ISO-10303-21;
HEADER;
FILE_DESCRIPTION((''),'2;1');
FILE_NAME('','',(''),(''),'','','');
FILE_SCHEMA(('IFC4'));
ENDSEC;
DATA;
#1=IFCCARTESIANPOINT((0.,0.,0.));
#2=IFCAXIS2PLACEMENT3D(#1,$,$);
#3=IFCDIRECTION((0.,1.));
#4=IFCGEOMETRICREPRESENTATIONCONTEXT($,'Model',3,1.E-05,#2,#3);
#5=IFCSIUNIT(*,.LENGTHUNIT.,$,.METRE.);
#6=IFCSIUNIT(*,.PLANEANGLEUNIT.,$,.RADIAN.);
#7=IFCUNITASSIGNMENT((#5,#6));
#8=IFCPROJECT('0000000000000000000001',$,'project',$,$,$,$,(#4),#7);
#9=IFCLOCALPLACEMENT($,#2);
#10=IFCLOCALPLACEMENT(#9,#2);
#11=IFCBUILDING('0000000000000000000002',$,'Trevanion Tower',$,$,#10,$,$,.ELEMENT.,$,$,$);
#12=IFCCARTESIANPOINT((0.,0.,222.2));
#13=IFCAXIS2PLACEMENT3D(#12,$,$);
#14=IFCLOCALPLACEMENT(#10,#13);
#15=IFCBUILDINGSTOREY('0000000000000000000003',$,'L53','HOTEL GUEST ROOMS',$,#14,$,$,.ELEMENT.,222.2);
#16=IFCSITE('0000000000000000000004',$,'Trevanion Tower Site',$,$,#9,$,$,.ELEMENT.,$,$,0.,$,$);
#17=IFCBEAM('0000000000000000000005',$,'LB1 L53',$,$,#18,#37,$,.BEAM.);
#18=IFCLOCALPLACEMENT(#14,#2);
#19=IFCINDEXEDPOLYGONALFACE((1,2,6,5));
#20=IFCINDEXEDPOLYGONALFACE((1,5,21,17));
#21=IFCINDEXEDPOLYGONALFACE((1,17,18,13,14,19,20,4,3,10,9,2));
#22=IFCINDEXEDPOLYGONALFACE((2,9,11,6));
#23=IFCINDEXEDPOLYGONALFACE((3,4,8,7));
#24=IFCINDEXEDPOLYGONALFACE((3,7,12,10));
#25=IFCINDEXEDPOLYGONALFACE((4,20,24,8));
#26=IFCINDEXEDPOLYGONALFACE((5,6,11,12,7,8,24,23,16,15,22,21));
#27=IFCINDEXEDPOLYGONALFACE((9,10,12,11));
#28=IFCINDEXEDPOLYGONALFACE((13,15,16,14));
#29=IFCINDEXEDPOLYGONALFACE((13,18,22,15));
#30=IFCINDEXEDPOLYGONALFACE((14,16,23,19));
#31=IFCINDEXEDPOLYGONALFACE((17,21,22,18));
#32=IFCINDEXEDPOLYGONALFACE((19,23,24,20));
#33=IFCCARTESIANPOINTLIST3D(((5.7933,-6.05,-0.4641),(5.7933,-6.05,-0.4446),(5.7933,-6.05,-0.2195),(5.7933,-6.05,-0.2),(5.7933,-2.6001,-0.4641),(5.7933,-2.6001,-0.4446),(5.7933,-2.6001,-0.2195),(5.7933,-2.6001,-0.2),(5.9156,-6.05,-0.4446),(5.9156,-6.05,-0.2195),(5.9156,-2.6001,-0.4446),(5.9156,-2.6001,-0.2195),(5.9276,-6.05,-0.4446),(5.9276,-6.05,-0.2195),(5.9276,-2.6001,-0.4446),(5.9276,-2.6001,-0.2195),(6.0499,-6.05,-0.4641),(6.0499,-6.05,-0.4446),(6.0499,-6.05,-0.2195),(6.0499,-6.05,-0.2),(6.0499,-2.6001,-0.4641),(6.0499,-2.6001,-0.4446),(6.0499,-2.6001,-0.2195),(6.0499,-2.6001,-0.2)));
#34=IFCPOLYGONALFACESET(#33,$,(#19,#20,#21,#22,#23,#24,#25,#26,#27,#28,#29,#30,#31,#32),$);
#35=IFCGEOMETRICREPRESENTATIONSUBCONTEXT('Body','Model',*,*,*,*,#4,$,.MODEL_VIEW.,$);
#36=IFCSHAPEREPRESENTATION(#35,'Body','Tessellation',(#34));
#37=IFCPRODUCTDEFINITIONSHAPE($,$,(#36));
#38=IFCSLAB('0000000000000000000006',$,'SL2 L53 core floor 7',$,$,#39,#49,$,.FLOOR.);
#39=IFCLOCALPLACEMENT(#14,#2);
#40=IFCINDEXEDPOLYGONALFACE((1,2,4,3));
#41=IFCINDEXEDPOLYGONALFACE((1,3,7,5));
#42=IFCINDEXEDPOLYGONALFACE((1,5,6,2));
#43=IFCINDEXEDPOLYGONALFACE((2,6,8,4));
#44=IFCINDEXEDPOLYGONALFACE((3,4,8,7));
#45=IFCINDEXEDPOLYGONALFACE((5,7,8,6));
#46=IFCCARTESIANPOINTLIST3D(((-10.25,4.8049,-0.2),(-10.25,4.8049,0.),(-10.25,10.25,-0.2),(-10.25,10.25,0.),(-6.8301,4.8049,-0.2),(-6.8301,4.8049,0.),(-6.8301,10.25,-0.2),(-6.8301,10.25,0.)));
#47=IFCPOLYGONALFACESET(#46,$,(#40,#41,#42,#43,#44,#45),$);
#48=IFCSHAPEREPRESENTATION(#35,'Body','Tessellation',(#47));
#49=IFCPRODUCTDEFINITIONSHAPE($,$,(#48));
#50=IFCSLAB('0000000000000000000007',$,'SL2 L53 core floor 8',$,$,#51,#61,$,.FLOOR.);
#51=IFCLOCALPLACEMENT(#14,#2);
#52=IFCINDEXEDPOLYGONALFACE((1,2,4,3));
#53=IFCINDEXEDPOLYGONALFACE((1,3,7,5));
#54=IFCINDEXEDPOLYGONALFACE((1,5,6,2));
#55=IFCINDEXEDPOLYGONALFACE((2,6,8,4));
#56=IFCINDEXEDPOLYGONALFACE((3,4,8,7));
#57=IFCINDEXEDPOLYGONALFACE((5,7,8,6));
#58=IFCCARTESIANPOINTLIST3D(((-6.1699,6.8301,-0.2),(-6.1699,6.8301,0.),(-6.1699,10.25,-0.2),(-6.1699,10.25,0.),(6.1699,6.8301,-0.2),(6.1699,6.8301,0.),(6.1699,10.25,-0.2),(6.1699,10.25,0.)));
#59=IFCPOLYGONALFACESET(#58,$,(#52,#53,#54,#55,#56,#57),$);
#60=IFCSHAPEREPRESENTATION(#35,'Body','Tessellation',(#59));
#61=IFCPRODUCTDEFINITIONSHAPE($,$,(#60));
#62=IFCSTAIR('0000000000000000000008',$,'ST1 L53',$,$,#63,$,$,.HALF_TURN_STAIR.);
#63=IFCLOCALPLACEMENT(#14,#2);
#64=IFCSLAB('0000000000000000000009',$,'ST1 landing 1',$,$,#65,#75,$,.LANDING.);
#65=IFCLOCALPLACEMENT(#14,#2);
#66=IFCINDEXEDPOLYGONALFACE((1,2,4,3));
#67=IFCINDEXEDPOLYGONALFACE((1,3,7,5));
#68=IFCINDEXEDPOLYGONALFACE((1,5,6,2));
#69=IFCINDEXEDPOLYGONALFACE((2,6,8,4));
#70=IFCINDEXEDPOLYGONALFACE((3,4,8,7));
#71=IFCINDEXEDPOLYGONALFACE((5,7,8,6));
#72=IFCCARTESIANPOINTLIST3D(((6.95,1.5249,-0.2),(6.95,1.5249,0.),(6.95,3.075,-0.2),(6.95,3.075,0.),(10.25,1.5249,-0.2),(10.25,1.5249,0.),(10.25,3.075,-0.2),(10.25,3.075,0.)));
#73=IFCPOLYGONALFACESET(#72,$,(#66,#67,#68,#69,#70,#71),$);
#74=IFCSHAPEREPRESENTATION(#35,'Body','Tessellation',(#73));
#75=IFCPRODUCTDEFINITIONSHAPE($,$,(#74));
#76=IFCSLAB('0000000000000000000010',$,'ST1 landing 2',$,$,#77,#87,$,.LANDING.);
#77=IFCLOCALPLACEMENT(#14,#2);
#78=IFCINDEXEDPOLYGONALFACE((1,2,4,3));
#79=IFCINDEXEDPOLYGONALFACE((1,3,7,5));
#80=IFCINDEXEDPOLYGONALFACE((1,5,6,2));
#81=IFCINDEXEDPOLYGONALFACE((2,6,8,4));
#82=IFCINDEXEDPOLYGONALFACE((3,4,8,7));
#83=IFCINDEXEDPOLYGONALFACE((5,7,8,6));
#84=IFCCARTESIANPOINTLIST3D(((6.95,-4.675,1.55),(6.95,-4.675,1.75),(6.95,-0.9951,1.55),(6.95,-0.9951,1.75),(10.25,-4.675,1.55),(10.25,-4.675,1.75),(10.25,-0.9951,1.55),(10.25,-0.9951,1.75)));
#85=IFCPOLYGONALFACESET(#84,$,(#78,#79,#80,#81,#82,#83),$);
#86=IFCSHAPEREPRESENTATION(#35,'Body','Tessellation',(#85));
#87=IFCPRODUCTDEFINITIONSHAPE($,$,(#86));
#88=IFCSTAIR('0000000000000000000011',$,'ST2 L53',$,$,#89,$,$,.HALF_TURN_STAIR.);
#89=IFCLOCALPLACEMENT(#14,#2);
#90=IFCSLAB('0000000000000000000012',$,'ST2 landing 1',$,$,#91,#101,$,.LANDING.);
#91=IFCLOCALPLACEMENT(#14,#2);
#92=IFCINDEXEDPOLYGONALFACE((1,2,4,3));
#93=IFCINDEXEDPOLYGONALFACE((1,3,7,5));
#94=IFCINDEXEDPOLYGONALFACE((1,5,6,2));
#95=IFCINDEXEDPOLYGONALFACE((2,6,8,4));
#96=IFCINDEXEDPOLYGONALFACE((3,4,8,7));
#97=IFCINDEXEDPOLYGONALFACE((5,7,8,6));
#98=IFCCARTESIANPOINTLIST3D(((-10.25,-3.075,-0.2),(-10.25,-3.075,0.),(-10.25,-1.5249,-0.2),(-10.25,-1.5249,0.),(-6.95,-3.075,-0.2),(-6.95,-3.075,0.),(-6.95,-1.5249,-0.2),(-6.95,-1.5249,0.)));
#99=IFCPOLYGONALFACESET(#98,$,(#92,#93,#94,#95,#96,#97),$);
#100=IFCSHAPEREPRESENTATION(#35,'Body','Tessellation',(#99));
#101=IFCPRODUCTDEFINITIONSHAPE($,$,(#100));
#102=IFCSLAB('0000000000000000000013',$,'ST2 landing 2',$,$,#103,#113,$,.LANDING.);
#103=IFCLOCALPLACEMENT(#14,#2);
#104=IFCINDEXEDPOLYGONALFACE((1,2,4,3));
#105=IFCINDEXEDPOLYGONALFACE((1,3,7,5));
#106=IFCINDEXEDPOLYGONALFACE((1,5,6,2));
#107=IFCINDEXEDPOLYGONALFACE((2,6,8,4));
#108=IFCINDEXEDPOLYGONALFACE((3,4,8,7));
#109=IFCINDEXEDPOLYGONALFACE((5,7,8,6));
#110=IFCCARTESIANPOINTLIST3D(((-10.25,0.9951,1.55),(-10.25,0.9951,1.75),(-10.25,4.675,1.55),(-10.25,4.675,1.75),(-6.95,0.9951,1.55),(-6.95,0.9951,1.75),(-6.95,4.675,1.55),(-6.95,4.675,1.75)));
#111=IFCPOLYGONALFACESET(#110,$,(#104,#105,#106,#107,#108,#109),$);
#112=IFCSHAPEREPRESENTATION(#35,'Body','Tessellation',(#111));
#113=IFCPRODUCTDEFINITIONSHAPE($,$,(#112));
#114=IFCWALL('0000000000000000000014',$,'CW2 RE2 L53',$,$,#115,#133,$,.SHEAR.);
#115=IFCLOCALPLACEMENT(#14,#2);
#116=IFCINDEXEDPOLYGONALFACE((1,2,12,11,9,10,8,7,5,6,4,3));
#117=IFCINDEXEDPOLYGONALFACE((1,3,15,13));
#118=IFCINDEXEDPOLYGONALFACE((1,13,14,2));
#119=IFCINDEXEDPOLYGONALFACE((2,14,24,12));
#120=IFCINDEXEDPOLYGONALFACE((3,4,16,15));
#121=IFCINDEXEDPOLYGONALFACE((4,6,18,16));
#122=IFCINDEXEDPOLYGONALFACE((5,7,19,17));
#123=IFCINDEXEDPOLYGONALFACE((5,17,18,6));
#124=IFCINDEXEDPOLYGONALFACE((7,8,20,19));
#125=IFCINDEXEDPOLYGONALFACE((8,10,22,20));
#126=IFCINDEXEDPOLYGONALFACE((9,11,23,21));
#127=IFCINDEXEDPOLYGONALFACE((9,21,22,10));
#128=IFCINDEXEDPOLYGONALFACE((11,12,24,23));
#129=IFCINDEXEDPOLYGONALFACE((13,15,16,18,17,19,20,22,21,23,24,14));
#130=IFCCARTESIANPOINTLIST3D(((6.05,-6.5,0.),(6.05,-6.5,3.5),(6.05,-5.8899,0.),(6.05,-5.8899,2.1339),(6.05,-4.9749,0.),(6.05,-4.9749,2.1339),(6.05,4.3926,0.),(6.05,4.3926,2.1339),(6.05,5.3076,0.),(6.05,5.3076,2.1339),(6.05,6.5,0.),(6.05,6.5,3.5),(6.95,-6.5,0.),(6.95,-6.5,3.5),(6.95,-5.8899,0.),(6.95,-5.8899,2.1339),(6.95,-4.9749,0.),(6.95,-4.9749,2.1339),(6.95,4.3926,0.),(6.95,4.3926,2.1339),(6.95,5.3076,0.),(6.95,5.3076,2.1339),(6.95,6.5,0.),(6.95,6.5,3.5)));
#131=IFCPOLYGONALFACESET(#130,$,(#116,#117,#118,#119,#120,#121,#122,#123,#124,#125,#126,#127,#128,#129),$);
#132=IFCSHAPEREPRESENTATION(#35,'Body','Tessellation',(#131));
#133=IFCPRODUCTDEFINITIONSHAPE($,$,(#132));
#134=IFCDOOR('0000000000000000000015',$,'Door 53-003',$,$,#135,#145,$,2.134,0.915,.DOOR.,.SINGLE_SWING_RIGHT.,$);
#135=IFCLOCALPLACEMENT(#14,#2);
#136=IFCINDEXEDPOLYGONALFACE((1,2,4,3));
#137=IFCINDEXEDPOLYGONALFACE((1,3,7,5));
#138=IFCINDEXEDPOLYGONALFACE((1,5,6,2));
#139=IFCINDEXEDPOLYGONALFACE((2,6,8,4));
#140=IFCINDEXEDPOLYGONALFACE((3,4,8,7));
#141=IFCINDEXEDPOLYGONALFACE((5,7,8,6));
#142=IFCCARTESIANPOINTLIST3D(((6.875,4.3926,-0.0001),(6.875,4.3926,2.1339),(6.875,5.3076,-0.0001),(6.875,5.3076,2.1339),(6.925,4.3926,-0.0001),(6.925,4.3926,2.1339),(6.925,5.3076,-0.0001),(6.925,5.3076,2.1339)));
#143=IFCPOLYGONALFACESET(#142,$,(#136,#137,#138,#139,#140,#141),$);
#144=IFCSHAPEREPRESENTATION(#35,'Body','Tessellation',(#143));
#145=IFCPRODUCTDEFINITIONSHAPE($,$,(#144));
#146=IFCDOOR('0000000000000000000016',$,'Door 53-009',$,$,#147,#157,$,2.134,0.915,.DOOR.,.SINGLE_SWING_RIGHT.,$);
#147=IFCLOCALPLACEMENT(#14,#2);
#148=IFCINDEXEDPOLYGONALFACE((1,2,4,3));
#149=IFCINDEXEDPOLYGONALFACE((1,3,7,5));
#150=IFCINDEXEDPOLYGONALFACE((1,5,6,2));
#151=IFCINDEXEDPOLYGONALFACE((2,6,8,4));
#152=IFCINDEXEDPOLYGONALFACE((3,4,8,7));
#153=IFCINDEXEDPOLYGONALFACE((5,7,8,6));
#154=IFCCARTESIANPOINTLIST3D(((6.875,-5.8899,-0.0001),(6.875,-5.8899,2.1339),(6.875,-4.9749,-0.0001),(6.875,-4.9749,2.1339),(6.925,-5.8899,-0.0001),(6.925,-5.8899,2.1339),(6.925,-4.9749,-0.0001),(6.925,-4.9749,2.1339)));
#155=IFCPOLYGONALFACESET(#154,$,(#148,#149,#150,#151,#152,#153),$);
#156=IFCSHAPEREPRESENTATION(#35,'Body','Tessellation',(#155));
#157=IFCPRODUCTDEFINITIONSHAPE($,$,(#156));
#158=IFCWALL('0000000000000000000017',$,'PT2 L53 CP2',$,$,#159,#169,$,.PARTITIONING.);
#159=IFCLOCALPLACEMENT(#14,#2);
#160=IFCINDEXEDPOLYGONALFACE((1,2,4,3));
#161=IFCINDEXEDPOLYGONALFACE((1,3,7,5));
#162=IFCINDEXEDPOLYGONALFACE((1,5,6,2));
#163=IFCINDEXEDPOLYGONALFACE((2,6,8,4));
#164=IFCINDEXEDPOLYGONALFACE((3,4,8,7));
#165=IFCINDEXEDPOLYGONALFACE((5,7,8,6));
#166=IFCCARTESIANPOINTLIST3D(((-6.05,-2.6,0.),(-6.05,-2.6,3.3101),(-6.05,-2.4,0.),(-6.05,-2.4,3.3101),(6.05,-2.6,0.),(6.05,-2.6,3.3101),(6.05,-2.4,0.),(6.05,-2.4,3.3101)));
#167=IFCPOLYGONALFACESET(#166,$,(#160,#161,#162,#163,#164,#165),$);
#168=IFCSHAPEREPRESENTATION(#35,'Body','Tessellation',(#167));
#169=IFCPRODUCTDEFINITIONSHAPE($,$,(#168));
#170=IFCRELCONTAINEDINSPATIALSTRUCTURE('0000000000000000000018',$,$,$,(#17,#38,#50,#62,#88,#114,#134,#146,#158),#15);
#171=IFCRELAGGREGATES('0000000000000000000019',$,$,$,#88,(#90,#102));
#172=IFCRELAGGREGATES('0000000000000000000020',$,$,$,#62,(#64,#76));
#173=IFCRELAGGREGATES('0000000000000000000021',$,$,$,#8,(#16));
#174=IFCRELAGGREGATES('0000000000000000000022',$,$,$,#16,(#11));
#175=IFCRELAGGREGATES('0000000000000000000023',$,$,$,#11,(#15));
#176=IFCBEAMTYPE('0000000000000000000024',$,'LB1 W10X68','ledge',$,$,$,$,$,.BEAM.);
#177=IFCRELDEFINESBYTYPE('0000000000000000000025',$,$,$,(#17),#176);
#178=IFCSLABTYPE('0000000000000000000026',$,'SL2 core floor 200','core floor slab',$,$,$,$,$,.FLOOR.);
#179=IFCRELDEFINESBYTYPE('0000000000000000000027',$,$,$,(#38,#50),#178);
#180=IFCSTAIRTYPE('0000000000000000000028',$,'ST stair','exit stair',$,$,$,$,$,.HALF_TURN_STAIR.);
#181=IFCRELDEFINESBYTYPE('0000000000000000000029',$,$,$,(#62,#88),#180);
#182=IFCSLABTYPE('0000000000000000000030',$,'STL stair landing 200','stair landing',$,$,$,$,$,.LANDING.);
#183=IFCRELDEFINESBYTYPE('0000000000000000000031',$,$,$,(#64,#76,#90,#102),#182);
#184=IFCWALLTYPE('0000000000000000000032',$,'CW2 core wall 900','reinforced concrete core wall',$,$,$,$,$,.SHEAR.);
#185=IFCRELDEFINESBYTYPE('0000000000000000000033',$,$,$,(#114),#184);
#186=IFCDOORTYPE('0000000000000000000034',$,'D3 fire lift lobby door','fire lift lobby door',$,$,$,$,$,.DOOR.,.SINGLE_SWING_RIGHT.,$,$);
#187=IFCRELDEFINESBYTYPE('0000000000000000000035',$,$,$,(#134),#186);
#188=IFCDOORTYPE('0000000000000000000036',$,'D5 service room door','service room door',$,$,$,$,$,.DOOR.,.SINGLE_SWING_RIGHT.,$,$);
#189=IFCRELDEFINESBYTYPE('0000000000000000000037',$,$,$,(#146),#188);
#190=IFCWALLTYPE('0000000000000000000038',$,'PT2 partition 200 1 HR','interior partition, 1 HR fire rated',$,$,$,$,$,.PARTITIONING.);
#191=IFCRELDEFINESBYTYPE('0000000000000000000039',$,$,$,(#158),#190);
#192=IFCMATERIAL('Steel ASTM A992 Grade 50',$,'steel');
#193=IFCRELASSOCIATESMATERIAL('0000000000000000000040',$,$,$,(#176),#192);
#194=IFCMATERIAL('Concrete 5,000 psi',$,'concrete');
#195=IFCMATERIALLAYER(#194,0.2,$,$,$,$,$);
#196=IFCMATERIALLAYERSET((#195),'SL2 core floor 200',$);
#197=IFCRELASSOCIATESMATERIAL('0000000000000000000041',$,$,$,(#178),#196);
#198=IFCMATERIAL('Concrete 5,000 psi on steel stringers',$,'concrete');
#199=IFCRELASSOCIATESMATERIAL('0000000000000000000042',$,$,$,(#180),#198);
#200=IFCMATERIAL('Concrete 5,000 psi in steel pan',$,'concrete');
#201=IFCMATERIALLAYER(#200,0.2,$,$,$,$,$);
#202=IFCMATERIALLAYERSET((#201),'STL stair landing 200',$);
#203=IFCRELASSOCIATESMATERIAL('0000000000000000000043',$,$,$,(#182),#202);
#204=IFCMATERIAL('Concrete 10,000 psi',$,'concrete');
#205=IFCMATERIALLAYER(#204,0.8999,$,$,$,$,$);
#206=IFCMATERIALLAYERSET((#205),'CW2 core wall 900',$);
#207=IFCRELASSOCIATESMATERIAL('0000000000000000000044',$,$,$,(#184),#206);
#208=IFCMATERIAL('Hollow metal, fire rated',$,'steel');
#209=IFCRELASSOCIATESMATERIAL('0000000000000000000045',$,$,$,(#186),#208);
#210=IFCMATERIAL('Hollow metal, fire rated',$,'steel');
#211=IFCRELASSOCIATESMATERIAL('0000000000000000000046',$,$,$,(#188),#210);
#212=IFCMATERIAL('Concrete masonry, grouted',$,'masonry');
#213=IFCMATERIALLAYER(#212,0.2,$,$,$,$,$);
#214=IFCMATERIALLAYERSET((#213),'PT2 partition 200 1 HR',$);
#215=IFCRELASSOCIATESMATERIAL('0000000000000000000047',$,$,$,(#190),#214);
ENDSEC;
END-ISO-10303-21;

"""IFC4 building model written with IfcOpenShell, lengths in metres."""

from ifc_helpers import new_model, si_unit, direction, frame, frame_2d, origin, origin_2d, place, context, subcontext, project, spatial, polyline, rectangle, i_section, outline, extrude, material, layer, layer_set, material_profile, profile_set, type_object, element, fill, aggregate, save


model = new_model("IFC4")

# Units and contexts
model_context = context("Model", 3, precision=1e-05, world=origin(), true_north=direction((0.0, 1.0)))
body_context = subcontext(model_context, "Body", "Model", "MODEL_VIEW")
ifc_project = project(units=[si_unit("LENGTHUNIT", "METRE"), si_unit("PLANEANGLEUNIT", "RADIAN")], contexts=[model_context])

# Site, building, storey
site_placement = place(None, origin())
site = spatial("IfcSite", under=ifc_project, at=site_placement, Name="Trevanion Tower Site", CompositionType="ELEMENT", RefElevation=0.0)
building_placement = place(site_placement, origin())
building = spatial("IfcBuilding", under=site, at=building_placement, Name="Trevanion Tower", CompositionType="ELEMENT")
storey_placement = place(building_placement, frame((0.0, 0.0, 222.2)))
storey = spatial("IfcBuildingStorey", under=building, at=storey_placement, Name="L53", Description="HOTEL GUEST ROOMS", CompositionType="ELEMENT", Elevation=222.2)

# Beam
ifc_material_1 = material(Name="Steel ASTM A992 Grade 50", Category="steel")
ifc_material_profile = material_profile(ifc_material_1, i_section(OverallWidth=0.2566, OverallDepth=0.2642, WebThickness=0.012, FlangeThickness=0.0195, at=origin_2d()), Name="W10X68")
ifc_profile_set = profile_set([ifc_material_profile], Name="Steel ASTM A992 Grade 50")
beam_type = type_object("IfcBeamType", Name="LB1 W10X68", Description="ledge", PredefinedType="BEAM", material=ifc_profile_set)
beam_placement = place(storey_placement, frame((5.9216, -6.05, -0.332), z_axis=(0.0, 1.0, 0.0), x_axis=(-1.0, 0.0, 0.0)))
element("IfcBeam", 1, at=beam_placement, inside=storey, type_object=beam_type, Name="LB1 L53", PredefinedType="BEAM", context=body_context, shape_type="SweptSolid", body=[
    extrude(i_section(OverallWidth=0.2566, OverallDepth=0.2642, WebThickness=0.012, FlangeThickness=0.0195, at=origin_2d()), origin(), (0.0, 0.0, 1.0), 3.45),
])

# Slabs
ifc_material_2 = material(Name="Concrete 5,000 psi", Category="concrete")
ifc_layer_1 = layer(ifc_material_2, 0.2)
ifc_layer_set_1 = layer_set([ifc_layer_1], Name="SL2 core floor 200")
slab_type_1 = type_object("IfcSlabType", Name="SL2 core floor 200", Description="core floor slab", PredefinedType="FLOOR", material=ifc_layer_set_1)
slab_1_placement = place(storey_placement, frame((0.0, 0.0, -0.2)))
element("IfcSlab", 2, at=slab_1_placement, inside=storey, type_object=slab_type_1, Name="SL2 L53 core floor 7", PredefinedType="FLOOR", context=body_context, shape_type="SweptSolid", body=[
    extrude(outline(polyline([(-6.8301, 4.8049), (-10.25, 4.8049), (-10.25, 10.25), (-6.8301, 10.25), (-6.8301, 4.8049)])), origin(), (0.0, 0.0, 1.0), 0.2),
])
slab_2_placement = place(storey_placement, frame((0.0, 0.0, -0.2)))
element("IfcSlab", 3, at=slab_2_placement, inside=storey, type_object=slab_type_1, Name="SL2 L53 core floor 8", PredefinedType="FLOOR", context=body_context, shape_type="SweptSolid", body=[
    extrude(outline(polyline([(6.1699, 6.8301), (-6.1699, 6.8301), (-6.1699, 10.25), (6.1699, 10.25), (6.1699, 6.8301)])), origin(), (0.0, 0.0, 1.0), 0.2),
])

# Stairs, slabs
ifc_material_3 = material(Name="Concrete 5,000 psi on steel stringers", Category="concrete")
stair_type = type_object("IfcStairType", Name="ST stair", Description="exit stair", PredefinedType="HALF_TURN_STAIR", material=ifc_material_3)
stair_1_placement = place(storey_placement, origin())
stair_1 = element("IfcStair", 4, at=stair_1_placement, inside=storey, type_object=stair_type, Name="ST1 L53", PredefinedType="HALF_TURN_STAIR")
ifc_material_4 = material(Name="Concrete 5,000 psi in steel pan", Category="concrete")
ifc_layer_2 = layer(ifc_material_4, 0.2)
ifc_layer_set_2 = layer_set([ifc_layer_2], Name="STL stair landing 200")
slab_type_2 = type_object("IfcSlabType", Name="STL stair landing 200", Description="stair landing", PredefinedType="LANDING", material=ifc_layer_set_2)
slab_3_placement = place(storey_placement, frame((0.0, 0.0, -0.2)))
slab_3 = element("IfcSlab", 5, at=slab_3_placement, type_object=slab_type_2, Name="ST1 landing 1", PredefinedType="LANDING", context=body_context, shape_type="SweptSolid", body=[
    extrude(outline(polyline([(6.95, 1.5249), (10.25, 1.5249), (10.25, 3.075), (6.95, 3.075), (6.95, 1.5249)])), origin(), (0.0, 0.0, 1.0), 0.2),
])
slab_4_placement = place(storey_placement, frame((0.0, 0.0, 1.55)))
slab_4 = element("IfcSlab", 6, at=slab_4_placement, type_object=slab_type_2, Name="ST1 landing 2", PredefinedType="LANDING", context=body_context, shape_type="SweptSolid", body=[
    extrude(outline(polyline([(6.95, -4.675), (10.25, -4.675), (10.25, -0.9951), (6.95, -0.9951), (6.95, -4.675)])), origin(), (0.0, 0.0, 1.0), 0.2),
])
stair_2_placement = place(storey_placement, origin())
stair_2 = element("IfcStair", 7, at=stair_2_placement, inside=storey, type_object=stair_type, Name="ST2 L53", PredefinedType="HALF_TURN_STAIR")
slab_5_placement = place(storey_placement, frame((0.0, 0.0, -0.2)))
slab_5 = element("IfcSlab", 8, at=slab_5_placement, type_object=slab_type_2, Name="ST2 landing 1", PredefinedType="LANDING", context=body_context, shape_type="SweptSolid", body=[
    extrude(outline(polyline([(-6.95, -1.5249), (-10.25, -1.5249), (-10.25, -3.075), (-6.95, -3.075), (-6.95, -1.5249)])), origin(), (0.0, 0.0, 1.0), 0.2),
])
slab_6_placement = place(storey_placement, frame((0.0, 0.0, 1.55)))
slab_6 = element("IfcSlab", 9, at=slab_6_placement, type_object=slab_type_2, Name="ST2 landing 2", PredefinedType="LANDING", context=body_context, shape_type="SweptSolid", body=[
    extrude(outline(polyline([(-6.95, 4.675), (-10.25, 4.675), (-10.25, 0.9951), (-6.95, 0.9951), (-6.95, 4.675)])), origin(), (0.0, 0.0, 1.0), 0.2),
])
aggregate(stair_2, [slab_5, slab_6])

# Wall, openings, doors
ifc_material_5 = material(Name="Concrete 10,000 psi", Category="concrete")
ifc_layer_3 = layer(ifc_material_5, 0.8999)
ifc_layer_set_3 = layer_set([ifc_layer_3], Name="CW2 core wall 900")
wall_type_1 = type_object("IfcWallType", Name="CW2 core wall 900", Description="reinforced concrete core wall", PredefinedType="SHEAR", material=ifc_layer_set_3)
wall_1_placement = place(storey_placement, frame((6.5, -6.5, 0.0), z_axis=(0.0, 0.0, 1.0), x_axis=(0.0, 1.0, 0.0)))
wall_1 = element("IfcWall", 10, at=wall_1_placement, inside=storey, type_object=wall_type_1, Name="CW2 RE2 L53", PredefinedType="SHEAR", context=body_context, shape_type="SweptSolid", body=[
    extrude(rectangle(XDim=13.0, YDim=0.8999, at=frame_2d((6.5, 0.0))), origin(), (0.0, 0.0, 1.0), 3.5),
])
opening_1_placement = place(wall_1_placement, frame((10.8926, 0.0, 0.0)))
opening_1 = element("IfcOpeningElement", 11, at=opening_1_placement, cuts=wall_1, PredefinedType="OPENING", context=body_context, shape_type="SweptSolid", body=[
    extrude(rectangle(XDim=0.915, YDim=2.134, at=frame_2d((0.4575, 1.0669))), frame((0.0, 0.46, 0.0), z_axis=(0.0, -1.0, 0.0), x_axis=(1.0, 0.0, 0.0)), (0.0, 0.0, 1.0), 0.9199),
])
opening_2_placement = place(wall_1_placement, frame((0.6101, 0.0, 0.0)))
opening_2 = element("IfcOpeningElement", 12, at=opening_2_placement, cuts=wall_1, PredefinedType="OPENING", context=body_context, shape_type="SweptSolid", body=[
    extrude(rectangle(XDim=0.915, YDim=2.134, at=frame_2d((0.4575, 1.0669))), frame((0.0, 0.46, 0.0), z_axis=(0.0, -1.0, 0.0), x_axis=(1.0, 0.0, 0.0)), (0.0, 0.0, 1.0), 0.9199),
])
ifc_material_6 = material(Name="Hollow metal, fire rated", Category="steel")
door_type_1 = type_object("IfcDoorType", Name="D3 fire lift lobby door", Description="fire lift lobby door", OperationType="SINGLE_SWING_RIGHT", PredefinedType="DOOR", material=ifc_material_6)
door_1_placement = place(opening_1_placement, origin())
door_1 = element("IfcDoor", 13, at=door_1_placement, inside=storey, type_object=door_type_1, Name="Door 53-003", OperationType="SINGLE_SWING_RIGHT", OverallHeight=2.134, OverallWidth=0.915, PredefinedType="DOOR", context=body_context, shape_type="SweptSolid", body=[
    extrude(rectangle(XDim=0.915, YDim=2.134, at=frame_2d((0.4575, 1.0669))), frame((0.0, -0.375, 0.0), z_axis=(0.0, -1.0, 0.0), x_axis=(1.0, 0.0, 0.0)), (0.0, 0.0, 1.0), 0.05),
])
fill(opening_1, door_1)
ifc_material_7 = material(Name="Hollow metal, fire rated", Category="steel")
door_type_2 = type_object("IfcDoorType", Name="D5 service room door", Description="service room door", OperationType="SINGLE_SWING_RIGHT", PredefinedType="DOOR", material=ifc_material_7)
door_2_placement = place(opening_2_placement, origin())
door_2 = element("IfcDoor", 14, at=door_2_placement, inside=storey, type_object=door_type_2, Name="Door 53-009", OperationType="SINGLE_SWING_RIGHT", OverallHeight=2.134, OverallWidth=0.915, PredefinedType="DOOR", context=body_context, shape_type="SweptSolid", body=[
    extrude(rectangle(XDim=0.915, YDim=2.134, at=frame_2d((0.4575, 1.0669))), frame((0.0, -0.375, 0.0), z_axis=(0.0, -1.0, 0.0), x_axis=(1.0, 0.0, 0.0)), (0.0, 0.0, 1.0), 0.05),
])
fill(opening_2, door_2)

# Wall
ifc_material_8 = material(Name="Concrete masonry, grouted", Category="masonry")
ifc_layer_4 = layer(ifc_material_8, 0.2)
ifc_layer_set_4 = layer_set([ifc_layer_4], Name="PT2 partition 200 1 HR")
wall_type_2 = type_object("IfcWallType", Name="PT2 partition 200 1 HR", Description="interior partition, 1 HR fire rated", PredefinedType="PARTITIONING", material=ifc_layer_set_4)
wall_2_placement = place(storey_placement, frame((6.05, -2.5, 0.0), z_axis=(0.0, 0.0, 1.0), x_axis=(-1.0, 0.0, 0.0)))
element("IfcWall", 15, at=wall_2_placement, inside=storey, type_object=wall_type_2, Name="PT2 L53 CP2", PredefinedType="PARTITIONING", context=body_context, shape_type="SweptSolid", body=[
    extrude(rectangle(XDim=12.1001, YDim=0.2, at=frame_2d((6.05, 0.0))), origin(), (0.0, 0.0, 1.0), 3.3101),
])

aggregate(stair_1, [slab_3, slab_4])

save(model, "model.ifc")
